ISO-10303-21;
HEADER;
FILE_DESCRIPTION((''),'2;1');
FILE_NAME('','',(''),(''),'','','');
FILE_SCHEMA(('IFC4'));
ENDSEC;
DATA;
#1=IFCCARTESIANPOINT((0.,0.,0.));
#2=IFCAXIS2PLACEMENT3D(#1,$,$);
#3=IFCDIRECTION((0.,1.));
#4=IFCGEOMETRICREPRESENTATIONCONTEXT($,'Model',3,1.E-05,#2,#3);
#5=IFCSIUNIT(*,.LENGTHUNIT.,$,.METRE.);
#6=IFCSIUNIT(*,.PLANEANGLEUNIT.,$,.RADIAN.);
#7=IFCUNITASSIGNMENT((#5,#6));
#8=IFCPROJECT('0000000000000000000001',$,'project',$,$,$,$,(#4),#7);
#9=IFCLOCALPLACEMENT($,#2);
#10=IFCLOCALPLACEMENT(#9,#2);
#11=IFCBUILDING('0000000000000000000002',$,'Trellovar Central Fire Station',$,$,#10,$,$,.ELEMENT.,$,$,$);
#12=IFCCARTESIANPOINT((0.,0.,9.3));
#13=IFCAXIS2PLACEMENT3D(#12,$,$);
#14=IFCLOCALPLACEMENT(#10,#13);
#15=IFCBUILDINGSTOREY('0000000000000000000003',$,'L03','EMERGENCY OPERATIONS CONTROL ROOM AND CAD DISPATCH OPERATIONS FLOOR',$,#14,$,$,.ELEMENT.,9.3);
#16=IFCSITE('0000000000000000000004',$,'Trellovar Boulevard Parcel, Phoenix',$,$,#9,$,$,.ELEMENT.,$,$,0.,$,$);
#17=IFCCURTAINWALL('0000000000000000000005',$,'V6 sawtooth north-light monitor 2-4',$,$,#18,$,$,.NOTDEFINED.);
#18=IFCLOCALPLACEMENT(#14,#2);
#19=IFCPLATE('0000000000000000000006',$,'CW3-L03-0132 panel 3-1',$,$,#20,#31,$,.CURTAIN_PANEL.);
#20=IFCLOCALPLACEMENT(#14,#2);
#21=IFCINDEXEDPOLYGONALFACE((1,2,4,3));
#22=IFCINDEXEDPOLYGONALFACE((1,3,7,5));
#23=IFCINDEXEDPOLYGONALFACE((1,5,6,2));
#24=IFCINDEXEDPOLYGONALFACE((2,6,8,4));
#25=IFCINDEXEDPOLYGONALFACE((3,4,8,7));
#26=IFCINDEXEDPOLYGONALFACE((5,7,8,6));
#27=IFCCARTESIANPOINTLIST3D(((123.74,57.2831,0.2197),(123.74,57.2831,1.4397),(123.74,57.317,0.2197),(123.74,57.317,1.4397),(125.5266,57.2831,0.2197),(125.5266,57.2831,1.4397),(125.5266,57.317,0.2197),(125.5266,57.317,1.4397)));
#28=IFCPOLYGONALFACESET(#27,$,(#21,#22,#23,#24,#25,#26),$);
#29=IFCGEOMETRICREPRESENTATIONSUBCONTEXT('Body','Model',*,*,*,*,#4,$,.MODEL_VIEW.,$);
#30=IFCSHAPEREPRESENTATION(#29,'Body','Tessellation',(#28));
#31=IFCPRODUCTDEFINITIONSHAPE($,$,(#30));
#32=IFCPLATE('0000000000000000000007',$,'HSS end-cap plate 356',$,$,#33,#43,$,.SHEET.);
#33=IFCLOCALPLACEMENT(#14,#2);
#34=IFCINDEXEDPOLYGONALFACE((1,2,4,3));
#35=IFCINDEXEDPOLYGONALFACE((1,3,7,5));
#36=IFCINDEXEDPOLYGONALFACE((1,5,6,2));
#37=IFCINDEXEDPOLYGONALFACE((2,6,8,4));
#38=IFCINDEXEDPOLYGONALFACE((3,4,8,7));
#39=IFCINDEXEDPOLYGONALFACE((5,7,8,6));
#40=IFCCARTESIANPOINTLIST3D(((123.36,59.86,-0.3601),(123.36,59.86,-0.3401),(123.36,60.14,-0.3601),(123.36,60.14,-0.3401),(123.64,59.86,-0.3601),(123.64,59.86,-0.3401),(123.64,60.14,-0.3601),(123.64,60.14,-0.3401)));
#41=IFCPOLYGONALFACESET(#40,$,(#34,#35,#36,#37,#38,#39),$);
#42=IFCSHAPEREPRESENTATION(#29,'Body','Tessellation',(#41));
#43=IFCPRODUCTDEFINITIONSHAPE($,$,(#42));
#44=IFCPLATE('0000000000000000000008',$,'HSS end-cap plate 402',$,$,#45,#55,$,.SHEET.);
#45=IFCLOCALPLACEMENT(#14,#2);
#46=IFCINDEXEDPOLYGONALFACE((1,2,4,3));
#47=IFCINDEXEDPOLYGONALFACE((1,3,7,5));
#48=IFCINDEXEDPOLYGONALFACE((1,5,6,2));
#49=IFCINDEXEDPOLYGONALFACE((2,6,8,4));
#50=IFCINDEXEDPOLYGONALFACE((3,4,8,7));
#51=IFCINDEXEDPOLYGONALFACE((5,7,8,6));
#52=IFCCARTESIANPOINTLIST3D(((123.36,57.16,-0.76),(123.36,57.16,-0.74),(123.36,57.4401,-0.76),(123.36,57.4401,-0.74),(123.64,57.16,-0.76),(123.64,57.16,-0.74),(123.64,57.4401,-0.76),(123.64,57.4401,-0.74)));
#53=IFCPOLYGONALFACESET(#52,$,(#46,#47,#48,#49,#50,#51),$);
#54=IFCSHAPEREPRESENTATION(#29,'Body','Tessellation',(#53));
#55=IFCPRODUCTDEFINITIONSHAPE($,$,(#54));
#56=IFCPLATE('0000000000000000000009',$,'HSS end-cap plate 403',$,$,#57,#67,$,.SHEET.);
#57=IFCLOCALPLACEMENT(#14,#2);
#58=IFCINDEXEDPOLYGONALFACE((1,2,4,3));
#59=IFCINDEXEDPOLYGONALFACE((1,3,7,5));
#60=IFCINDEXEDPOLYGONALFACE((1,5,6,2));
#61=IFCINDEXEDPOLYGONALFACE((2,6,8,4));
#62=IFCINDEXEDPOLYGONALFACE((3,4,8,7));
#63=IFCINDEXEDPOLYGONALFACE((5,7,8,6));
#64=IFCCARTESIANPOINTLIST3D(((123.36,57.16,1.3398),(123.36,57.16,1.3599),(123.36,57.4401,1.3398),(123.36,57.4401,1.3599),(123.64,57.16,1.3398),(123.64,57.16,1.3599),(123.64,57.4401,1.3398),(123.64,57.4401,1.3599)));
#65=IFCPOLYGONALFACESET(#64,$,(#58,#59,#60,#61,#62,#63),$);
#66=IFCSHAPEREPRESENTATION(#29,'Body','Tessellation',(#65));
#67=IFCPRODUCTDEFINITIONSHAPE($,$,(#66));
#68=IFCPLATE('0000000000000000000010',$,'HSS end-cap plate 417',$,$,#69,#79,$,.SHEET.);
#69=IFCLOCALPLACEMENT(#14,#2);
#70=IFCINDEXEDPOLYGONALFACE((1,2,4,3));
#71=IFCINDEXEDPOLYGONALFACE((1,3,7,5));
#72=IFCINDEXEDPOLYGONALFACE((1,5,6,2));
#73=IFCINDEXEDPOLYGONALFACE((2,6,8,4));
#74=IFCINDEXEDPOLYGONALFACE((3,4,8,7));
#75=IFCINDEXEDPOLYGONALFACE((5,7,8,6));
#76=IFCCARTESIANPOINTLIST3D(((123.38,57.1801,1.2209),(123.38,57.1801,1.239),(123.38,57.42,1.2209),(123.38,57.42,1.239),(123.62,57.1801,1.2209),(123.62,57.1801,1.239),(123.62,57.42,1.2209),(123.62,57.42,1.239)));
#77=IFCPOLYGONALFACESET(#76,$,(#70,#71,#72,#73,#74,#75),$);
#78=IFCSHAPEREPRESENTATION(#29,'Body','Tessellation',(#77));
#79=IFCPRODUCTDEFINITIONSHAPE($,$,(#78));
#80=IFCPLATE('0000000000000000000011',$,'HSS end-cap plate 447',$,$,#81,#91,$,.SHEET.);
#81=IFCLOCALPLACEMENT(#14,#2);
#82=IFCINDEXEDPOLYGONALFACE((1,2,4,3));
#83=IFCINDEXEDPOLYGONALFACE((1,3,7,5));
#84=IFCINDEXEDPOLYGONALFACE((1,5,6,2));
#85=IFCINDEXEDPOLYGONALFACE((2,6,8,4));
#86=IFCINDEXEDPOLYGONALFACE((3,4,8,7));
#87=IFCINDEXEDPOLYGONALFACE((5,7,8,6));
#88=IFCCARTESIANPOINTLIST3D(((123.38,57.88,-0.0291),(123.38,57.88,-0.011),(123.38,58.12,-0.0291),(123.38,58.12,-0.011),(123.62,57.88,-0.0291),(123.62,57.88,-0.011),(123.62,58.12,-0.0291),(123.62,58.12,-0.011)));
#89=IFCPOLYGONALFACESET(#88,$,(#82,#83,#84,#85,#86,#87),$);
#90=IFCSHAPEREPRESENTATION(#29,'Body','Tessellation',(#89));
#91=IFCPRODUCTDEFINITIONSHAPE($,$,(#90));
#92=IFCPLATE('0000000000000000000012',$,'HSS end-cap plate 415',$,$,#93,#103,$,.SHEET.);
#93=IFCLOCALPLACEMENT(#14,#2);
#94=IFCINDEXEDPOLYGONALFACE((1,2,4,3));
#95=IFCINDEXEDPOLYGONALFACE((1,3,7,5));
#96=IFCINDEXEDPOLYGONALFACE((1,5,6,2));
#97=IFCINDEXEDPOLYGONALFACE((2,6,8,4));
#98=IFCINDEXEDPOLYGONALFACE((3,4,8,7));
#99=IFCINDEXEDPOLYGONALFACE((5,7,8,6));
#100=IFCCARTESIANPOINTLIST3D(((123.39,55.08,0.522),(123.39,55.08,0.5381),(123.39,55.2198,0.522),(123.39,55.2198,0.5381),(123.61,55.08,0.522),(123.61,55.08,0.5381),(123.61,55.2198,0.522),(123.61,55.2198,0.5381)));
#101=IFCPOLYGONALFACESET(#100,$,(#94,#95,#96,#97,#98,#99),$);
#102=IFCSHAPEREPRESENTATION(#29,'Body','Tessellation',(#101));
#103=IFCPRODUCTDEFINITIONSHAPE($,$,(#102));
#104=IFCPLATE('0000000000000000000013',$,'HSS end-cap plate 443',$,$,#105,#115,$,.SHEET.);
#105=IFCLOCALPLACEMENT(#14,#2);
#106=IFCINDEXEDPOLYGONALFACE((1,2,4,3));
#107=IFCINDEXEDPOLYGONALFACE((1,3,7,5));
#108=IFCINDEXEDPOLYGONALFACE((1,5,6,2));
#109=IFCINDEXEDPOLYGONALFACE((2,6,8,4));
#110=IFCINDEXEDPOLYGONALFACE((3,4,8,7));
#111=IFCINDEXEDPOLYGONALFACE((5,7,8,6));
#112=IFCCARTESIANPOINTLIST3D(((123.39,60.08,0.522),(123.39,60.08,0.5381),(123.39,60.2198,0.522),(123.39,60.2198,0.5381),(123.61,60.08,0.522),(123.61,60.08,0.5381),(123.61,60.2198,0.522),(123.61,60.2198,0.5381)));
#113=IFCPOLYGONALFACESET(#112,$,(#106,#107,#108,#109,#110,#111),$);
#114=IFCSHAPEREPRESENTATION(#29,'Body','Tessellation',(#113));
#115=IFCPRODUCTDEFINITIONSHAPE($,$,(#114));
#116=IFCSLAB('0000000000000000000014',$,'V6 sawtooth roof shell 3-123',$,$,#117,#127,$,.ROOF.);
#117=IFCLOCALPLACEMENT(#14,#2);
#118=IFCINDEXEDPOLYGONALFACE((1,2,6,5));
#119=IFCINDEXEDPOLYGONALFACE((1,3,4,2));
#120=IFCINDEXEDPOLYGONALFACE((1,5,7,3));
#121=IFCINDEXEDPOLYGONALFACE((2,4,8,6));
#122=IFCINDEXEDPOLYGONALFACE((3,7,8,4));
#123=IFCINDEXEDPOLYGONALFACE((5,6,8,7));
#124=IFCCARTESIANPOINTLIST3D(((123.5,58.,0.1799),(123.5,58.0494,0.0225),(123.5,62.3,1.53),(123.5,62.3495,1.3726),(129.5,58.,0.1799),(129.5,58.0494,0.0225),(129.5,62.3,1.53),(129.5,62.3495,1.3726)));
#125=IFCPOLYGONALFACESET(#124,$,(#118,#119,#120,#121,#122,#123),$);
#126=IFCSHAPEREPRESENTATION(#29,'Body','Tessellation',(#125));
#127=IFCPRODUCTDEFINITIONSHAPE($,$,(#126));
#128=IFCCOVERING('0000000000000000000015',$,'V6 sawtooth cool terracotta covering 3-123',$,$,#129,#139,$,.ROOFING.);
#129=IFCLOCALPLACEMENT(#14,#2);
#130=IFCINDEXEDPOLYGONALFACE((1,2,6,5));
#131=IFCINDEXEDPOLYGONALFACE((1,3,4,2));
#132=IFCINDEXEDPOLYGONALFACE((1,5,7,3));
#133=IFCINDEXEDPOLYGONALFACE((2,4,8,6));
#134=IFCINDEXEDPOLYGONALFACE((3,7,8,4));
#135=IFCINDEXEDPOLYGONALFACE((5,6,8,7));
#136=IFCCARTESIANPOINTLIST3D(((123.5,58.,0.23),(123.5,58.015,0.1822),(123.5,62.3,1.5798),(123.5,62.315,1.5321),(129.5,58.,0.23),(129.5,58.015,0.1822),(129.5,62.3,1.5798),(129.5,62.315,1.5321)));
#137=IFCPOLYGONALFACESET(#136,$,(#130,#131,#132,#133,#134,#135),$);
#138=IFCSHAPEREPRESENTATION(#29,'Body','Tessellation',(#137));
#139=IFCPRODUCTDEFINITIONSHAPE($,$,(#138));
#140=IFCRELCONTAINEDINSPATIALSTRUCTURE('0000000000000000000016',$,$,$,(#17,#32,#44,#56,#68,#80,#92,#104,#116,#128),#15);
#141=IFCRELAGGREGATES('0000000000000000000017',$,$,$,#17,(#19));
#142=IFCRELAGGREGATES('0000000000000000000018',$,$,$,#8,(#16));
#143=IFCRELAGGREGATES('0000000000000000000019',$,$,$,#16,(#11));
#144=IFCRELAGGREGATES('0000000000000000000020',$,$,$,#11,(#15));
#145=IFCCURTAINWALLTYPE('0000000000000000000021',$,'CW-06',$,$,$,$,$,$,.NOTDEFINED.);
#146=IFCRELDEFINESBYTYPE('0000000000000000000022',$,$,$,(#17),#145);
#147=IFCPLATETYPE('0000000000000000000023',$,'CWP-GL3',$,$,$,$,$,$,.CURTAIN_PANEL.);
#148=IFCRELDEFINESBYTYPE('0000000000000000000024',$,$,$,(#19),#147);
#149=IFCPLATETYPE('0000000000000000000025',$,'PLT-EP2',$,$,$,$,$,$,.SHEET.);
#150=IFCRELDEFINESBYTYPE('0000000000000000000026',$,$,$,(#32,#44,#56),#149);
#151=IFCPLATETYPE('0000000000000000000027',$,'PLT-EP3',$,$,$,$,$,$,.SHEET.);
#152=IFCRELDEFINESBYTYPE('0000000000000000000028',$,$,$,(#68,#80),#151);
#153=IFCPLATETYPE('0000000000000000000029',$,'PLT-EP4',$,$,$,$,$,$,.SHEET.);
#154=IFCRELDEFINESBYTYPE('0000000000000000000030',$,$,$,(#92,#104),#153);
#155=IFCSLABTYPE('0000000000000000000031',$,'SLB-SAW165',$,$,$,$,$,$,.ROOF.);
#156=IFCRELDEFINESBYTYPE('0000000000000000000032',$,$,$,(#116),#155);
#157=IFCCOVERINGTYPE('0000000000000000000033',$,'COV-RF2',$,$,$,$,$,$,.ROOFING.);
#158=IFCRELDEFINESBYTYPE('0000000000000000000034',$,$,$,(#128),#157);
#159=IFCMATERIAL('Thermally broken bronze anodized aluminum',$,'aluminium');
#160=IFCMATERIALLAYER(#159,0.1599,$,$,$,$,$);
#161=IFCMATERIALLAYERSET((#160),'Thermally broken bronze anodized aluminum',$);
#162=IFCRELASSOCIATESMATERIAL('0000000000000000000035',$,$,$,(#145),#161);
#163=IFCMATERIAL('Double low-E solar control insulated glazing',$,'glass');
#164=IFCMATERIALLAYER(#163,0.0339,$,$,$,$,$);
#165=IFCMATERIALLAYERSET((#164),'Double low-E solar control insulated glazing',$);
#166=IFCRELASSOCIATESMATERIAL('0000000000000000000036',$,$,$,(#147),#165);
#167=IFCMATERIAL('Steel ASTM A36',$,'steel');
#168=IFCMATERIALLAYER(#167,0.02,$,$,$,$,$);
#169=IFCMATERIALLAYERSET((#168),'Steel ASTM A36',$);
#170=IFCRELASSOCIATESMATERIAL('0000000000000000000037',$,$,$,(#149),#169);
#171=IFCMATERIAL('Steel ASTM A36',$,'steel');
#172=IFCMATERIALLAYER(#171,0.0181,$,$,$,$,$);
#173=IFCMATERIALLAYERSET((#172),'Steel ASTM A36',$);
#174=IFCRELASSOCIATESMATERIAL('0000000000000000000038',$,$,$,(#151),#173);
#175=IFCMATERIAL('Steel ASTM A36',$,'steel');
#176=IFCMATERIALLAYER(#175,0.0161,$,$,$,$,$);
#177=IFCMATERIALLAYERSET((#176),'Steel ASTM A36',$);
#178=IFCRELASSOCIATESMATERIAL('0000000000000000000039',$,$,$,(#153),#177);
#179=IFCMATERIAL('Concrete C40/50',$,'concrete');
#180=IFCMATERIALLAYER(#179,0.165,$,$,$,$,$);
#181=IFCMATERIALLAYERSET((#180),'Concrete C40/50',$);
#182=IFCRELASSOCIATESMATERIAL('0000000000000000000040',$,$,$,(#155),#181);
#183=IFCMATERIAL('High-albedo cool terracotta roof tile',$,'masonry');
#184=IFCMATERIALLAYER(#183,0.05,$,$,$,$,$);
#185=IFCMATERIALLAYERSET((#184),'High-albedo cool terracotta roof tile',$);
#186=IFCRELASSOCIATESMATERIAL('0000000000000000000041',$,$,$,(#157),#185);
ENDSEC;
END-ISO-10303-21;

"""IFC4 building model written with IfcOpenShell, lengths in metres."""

from ifc_helpers import new_model, si_unit, direction, frame, origin, origin_2d, place, context, subcontext, project, spatial, polyline, rectangle, outline, extrude, material, layer, layer_set, type_object, element, aggregate, save


model = new_model("IFC4")

# Units and contexts
model_context = context("Model", 3, precision=1e-05, world=origin(), true_north=direction((0.0, 1.0)))
body_context = subcontext(model_context, "Body", "Model", "MODEL_VIEW")
ifc_project = project(units=[si_unit("LENGTHUNIT", "METRE"), si_unit("PLANEANGLEUNIT", "RADIAN")], contexts=[model_context])

# Site, building, storey
site_placement = place(None, origin())
site = spatial("IfcSite", under=ifc_project, at=site_placement, Name="Trellovar Boulevard Parcel, Phoenix", CompositionType="ELEMENT", RefElevation=0.0)
building_placement = place(site_placement, origin())
building = spatial("IfcBuilding", under=site, at=building_placement, Name="Trellovar Central Fire Station", CompositionType="ELEMENT")
storey_placement = place(building_placement, frame((0.0, 0.0, 9.3)))
storey = spatial("IfcBuildingStorey", under=building, at=storey_placement, Name="L03", Description="EMERGENCY OPERATIONS CONTROL ROOM AND CAD DISPATCH OPERATIONS FLOOR", CompositionType="ELEMENT", Elevation=9.3)

# Shared definitions
ifc_material_1 = material(Name="Thermally broken bronze anodized aluminum", Category="aluminium")
ifc_layer_1 = layer(ifc_material_1, 0.1599)
ifc_layer_set_1 = layer_set([ifc_layer_1], Name="Thermally broken bronze anodized aluminum")
curtain_wall_type = type_object("IfcCurtainWallType", Name="CW-06", PredefinedType="NOTDEFINED", material=ifc_layer_set_1)

# Curtain wall
curtain_wall_1_placement = place(storey_placement, origin())
curtain_wall_1 = element("IfcCurtainWall", 1, at=curtain_wall_1_placement, inside=storey, type_object=curtain_wall_type, Name="V6 sawtooth north-light monitor 2-4", PredefinedType="NOTDEFINED")

# Plate
ifc_material_2 = material(Name="Double low-E solar control insulated glazing", Category="glass")
ifc_layer_2 = layer(ifc_material_2, 0.0339)
ifc_layer_set_2 = layer_set([ifc_layer_2], Name="Double low-E solar control insulated glazing")
plate_type_1 = type_object("IfcPlateType", Name="CWP-GL3", PredefinedType="CURTAIN_PANEL", material=ifc_layer_set_2)
plate_1_placement = place(storey_placement, frame((124.6333, 57.3, 0.2197), z_axis=(0.0, 0.0, 1.0), x_axis=(-1.0, 0.0, 0.0)))
plate_1 = element("IfcPlate", 2, at=plate_1_placement, type_object=plate_type_1, Name="CW3-L03-0132 panel 3-1", PredefinedType="CURTAIN_PANEL", context=body_context, shape_type="SweptSolid", body=[
    extrude(rectangle(XDim=1.7866, YDim=0.0339, at=origin_2d()), origin(), (0.0, 0.0, 1.0), 1.22),
])
aggregate(curtain_wall_1, [plate_1])

# Plates
ifc_material_3 = material(Name="Steel ASTM A36", Category="steel")
ifc_layer_3 = layer(ifc_material_3, 0.02)
ifc_layer_set_3 = layer_set([ifc_layer_3], Name="Steel ASTM A36")
plate_type_2 = type_object("IfcPlateType", Name="PLT-EP2", PredefinedType="SHEET", material=ifc_layer_set_3)
for number, where, z_axis, x_axis, name in (
    (3, (123.5, 60.0, -0.3601), (0.0, 0.0, 1.0), (1.0, 0.0, 0.0), "HSS end-cap plate 356"),
    (4, (123.5, 57.3, -0.76), (0.0, 0.0, 1.0), (1.0, 0.0, 0.0), "HSS end-cap plate 402"),
    (5, (123.5, 57.3, 1.3398), (0.0, 0.0, 1.0), (1.0, 0.0, 0.0), "HSS end-cap plate 403"),
):
    element("IfcPlate", number, at=place(storey_placement, frame(where, z_axis=z_axis, x_axis=x_axis)), inside=storey, type_object=plate_type_2, Name=name, PredefinedType="SHEET", context=body_context, shape_type="SweptSolid", body=[
        extrude(rectangle(XDim=0.28, YDim=0.28, at=origin_2d()), origin(), (0.0, 0.0, 1.0), 0.02),
    ])
ifc_material_4 = material(Name="Steel ASTM A36", Category="steel")
ifc_layer_4 = layer(ifc_material_4, 0.0181)
ifc_layer_set_4 = layer_set([ifc_layer_4], Name="Steel ASTM A36")
plate_type_3 = type_object("IfcPlateType", Name="PLT-EP3", PredefinedType="SHEET", material=ifc_layer_set_4)
for number, where, z_axis, x_axis, name in (
    (6, (123.5, 57.3, 1.2209), (0.0, 0.0, 1.0), (1.0, 0.0, 0.0), "HSS end-cap plate 417"),
    (7, (123.5, 58.0, -0.0291), (0.0, 0.0, 1.0), (1.0, 0.0, 0.0), "HSS end-cap plate 447"),
):
    element("IfcPlate", number, at=place(storey_placement, frame(where, z_axis=z_axis, x_axis=x_axis)), inside=storey, type_object=plate_type_3, Name=name, PredefinedType="SHEET", context=body_context, shape_type="SweptSolid", body=[
        extrude(rectangle(XDim=0.24, YDim=0.24, at=origin_2d()), origin(), (0.0, 0.0, 1.0), 0.0181),
    ])
ifc_material_5 = material(Name="Steel ASTM A36", Category="steel")
ifc_layer_5 = layer(ifc_material_5, 0.0161)
ifc_layer_set_5 = layer_set([ifc_layer_5], Name="Steel ASTM A36")
plate_type_4 = type_object("IfcPlateType", Name="PLT-EP4", PredefinedType="SHEET", material=ifc_layer_set_5)
for number, where, z_axis, x_axis, name in (
    (8, (123.5, 55.1499, 0.522), (0.0, 0.0, 1.0), (1.0, 0.0, 0.0), "HSS end-cap plate 415"),
    (9, (123.5, 60.1499, 0.522), (0.0, 0.0, 1.0), (1.0, 0.0, 0.0), "HSS end-cap plate 443"),
):
    element("IfcPlate", number, at=place(storey_placement, frame(where, z_axis=z_axis, x_axis=x_axis)), inside=storey, type_object=plate_type_4, Name=name, PredefinedType="SHEET", context=body_context, shape_type="SweptSolid", body=[
        extrude(rectangle(XDim=0.22, YDim=0.1399, at=origin_2d()), origin(), (0.0, 0.0, 1.0), 0.0161),
    ])

# Slab
ifc_material_6 = material(Name="Concrete C40/50", Category="concrete")
ifc_layer_6 = layer(ifc_material_6, 0.165)
ifc_layer_set_6 = layer_set([ifc_layer_6], Name="Concrete C40/50")
slab_type = type_object("IfcSlabType", Name="SLB-SAW165", PredefinedType="ROOF", material=ifc_layer_set_6)
slab_placement = place(storey_placement, frame((123.5, 58.0, 0.1799), z_axis=(0.0, -0.299555, 0.954079), x_axis=(1.0, 0.0, 0.0)))
element("IfcSlab", 10, at=slab_placement, inside=storey, type_object=slab_type, Name="V6 sawtooth roof shell 3-123", PredefinedType="ROOF", context=body_context, shape_type="SweptSolid", body=[
    extrude(outline(polyline([(0.0, 0.0), (6.0, 0.0), (6.0, 4.507), (0.0, 4.507), (0.0, 0.0)])), origin(), (0.0, 0.0, -1.0), 0.165),
])

# Covering
ifc_material_7 = material(Name="High-albedo cool terracotta roof tile", Category="masonry")
ifc_layer_7 = layer(ifc_material_7, 0.05)
ifc_layer_set_7 = layer_set([ifc_layer_7], Name="High-albedo cool terracotta roof tile")
covering_type = type_object("IfcCoveringType", Name="COV-RF2", PredefinedType="ROOFING", material=ifc_layer_set_7)
covering_placement = place(storey_placement, frame((123.5, 58.0, 0.23), z_axis=(0.0, -0.299505, 0.954095), x_axis=(1.0, 0.0, 0.0)))
element("IfcCovering", 11, at=covering_placement, inside=storey, type_object=covering_type, Name="V6 sawtooth cool terracotta covering 3-123", PredefinedType="ROOFING", context=body_context, shape_type="SweptSolid", body=[
    extrude(outline(polyline([(0.0, 0.0), (6.0, 0.0), (6.0, 4.5069), (0.0, 4.5069), (0.0, 0.0)])), origin(), (0.0, 0.0, -1.0), 0.05),
])

save(model, "model.ifc")
